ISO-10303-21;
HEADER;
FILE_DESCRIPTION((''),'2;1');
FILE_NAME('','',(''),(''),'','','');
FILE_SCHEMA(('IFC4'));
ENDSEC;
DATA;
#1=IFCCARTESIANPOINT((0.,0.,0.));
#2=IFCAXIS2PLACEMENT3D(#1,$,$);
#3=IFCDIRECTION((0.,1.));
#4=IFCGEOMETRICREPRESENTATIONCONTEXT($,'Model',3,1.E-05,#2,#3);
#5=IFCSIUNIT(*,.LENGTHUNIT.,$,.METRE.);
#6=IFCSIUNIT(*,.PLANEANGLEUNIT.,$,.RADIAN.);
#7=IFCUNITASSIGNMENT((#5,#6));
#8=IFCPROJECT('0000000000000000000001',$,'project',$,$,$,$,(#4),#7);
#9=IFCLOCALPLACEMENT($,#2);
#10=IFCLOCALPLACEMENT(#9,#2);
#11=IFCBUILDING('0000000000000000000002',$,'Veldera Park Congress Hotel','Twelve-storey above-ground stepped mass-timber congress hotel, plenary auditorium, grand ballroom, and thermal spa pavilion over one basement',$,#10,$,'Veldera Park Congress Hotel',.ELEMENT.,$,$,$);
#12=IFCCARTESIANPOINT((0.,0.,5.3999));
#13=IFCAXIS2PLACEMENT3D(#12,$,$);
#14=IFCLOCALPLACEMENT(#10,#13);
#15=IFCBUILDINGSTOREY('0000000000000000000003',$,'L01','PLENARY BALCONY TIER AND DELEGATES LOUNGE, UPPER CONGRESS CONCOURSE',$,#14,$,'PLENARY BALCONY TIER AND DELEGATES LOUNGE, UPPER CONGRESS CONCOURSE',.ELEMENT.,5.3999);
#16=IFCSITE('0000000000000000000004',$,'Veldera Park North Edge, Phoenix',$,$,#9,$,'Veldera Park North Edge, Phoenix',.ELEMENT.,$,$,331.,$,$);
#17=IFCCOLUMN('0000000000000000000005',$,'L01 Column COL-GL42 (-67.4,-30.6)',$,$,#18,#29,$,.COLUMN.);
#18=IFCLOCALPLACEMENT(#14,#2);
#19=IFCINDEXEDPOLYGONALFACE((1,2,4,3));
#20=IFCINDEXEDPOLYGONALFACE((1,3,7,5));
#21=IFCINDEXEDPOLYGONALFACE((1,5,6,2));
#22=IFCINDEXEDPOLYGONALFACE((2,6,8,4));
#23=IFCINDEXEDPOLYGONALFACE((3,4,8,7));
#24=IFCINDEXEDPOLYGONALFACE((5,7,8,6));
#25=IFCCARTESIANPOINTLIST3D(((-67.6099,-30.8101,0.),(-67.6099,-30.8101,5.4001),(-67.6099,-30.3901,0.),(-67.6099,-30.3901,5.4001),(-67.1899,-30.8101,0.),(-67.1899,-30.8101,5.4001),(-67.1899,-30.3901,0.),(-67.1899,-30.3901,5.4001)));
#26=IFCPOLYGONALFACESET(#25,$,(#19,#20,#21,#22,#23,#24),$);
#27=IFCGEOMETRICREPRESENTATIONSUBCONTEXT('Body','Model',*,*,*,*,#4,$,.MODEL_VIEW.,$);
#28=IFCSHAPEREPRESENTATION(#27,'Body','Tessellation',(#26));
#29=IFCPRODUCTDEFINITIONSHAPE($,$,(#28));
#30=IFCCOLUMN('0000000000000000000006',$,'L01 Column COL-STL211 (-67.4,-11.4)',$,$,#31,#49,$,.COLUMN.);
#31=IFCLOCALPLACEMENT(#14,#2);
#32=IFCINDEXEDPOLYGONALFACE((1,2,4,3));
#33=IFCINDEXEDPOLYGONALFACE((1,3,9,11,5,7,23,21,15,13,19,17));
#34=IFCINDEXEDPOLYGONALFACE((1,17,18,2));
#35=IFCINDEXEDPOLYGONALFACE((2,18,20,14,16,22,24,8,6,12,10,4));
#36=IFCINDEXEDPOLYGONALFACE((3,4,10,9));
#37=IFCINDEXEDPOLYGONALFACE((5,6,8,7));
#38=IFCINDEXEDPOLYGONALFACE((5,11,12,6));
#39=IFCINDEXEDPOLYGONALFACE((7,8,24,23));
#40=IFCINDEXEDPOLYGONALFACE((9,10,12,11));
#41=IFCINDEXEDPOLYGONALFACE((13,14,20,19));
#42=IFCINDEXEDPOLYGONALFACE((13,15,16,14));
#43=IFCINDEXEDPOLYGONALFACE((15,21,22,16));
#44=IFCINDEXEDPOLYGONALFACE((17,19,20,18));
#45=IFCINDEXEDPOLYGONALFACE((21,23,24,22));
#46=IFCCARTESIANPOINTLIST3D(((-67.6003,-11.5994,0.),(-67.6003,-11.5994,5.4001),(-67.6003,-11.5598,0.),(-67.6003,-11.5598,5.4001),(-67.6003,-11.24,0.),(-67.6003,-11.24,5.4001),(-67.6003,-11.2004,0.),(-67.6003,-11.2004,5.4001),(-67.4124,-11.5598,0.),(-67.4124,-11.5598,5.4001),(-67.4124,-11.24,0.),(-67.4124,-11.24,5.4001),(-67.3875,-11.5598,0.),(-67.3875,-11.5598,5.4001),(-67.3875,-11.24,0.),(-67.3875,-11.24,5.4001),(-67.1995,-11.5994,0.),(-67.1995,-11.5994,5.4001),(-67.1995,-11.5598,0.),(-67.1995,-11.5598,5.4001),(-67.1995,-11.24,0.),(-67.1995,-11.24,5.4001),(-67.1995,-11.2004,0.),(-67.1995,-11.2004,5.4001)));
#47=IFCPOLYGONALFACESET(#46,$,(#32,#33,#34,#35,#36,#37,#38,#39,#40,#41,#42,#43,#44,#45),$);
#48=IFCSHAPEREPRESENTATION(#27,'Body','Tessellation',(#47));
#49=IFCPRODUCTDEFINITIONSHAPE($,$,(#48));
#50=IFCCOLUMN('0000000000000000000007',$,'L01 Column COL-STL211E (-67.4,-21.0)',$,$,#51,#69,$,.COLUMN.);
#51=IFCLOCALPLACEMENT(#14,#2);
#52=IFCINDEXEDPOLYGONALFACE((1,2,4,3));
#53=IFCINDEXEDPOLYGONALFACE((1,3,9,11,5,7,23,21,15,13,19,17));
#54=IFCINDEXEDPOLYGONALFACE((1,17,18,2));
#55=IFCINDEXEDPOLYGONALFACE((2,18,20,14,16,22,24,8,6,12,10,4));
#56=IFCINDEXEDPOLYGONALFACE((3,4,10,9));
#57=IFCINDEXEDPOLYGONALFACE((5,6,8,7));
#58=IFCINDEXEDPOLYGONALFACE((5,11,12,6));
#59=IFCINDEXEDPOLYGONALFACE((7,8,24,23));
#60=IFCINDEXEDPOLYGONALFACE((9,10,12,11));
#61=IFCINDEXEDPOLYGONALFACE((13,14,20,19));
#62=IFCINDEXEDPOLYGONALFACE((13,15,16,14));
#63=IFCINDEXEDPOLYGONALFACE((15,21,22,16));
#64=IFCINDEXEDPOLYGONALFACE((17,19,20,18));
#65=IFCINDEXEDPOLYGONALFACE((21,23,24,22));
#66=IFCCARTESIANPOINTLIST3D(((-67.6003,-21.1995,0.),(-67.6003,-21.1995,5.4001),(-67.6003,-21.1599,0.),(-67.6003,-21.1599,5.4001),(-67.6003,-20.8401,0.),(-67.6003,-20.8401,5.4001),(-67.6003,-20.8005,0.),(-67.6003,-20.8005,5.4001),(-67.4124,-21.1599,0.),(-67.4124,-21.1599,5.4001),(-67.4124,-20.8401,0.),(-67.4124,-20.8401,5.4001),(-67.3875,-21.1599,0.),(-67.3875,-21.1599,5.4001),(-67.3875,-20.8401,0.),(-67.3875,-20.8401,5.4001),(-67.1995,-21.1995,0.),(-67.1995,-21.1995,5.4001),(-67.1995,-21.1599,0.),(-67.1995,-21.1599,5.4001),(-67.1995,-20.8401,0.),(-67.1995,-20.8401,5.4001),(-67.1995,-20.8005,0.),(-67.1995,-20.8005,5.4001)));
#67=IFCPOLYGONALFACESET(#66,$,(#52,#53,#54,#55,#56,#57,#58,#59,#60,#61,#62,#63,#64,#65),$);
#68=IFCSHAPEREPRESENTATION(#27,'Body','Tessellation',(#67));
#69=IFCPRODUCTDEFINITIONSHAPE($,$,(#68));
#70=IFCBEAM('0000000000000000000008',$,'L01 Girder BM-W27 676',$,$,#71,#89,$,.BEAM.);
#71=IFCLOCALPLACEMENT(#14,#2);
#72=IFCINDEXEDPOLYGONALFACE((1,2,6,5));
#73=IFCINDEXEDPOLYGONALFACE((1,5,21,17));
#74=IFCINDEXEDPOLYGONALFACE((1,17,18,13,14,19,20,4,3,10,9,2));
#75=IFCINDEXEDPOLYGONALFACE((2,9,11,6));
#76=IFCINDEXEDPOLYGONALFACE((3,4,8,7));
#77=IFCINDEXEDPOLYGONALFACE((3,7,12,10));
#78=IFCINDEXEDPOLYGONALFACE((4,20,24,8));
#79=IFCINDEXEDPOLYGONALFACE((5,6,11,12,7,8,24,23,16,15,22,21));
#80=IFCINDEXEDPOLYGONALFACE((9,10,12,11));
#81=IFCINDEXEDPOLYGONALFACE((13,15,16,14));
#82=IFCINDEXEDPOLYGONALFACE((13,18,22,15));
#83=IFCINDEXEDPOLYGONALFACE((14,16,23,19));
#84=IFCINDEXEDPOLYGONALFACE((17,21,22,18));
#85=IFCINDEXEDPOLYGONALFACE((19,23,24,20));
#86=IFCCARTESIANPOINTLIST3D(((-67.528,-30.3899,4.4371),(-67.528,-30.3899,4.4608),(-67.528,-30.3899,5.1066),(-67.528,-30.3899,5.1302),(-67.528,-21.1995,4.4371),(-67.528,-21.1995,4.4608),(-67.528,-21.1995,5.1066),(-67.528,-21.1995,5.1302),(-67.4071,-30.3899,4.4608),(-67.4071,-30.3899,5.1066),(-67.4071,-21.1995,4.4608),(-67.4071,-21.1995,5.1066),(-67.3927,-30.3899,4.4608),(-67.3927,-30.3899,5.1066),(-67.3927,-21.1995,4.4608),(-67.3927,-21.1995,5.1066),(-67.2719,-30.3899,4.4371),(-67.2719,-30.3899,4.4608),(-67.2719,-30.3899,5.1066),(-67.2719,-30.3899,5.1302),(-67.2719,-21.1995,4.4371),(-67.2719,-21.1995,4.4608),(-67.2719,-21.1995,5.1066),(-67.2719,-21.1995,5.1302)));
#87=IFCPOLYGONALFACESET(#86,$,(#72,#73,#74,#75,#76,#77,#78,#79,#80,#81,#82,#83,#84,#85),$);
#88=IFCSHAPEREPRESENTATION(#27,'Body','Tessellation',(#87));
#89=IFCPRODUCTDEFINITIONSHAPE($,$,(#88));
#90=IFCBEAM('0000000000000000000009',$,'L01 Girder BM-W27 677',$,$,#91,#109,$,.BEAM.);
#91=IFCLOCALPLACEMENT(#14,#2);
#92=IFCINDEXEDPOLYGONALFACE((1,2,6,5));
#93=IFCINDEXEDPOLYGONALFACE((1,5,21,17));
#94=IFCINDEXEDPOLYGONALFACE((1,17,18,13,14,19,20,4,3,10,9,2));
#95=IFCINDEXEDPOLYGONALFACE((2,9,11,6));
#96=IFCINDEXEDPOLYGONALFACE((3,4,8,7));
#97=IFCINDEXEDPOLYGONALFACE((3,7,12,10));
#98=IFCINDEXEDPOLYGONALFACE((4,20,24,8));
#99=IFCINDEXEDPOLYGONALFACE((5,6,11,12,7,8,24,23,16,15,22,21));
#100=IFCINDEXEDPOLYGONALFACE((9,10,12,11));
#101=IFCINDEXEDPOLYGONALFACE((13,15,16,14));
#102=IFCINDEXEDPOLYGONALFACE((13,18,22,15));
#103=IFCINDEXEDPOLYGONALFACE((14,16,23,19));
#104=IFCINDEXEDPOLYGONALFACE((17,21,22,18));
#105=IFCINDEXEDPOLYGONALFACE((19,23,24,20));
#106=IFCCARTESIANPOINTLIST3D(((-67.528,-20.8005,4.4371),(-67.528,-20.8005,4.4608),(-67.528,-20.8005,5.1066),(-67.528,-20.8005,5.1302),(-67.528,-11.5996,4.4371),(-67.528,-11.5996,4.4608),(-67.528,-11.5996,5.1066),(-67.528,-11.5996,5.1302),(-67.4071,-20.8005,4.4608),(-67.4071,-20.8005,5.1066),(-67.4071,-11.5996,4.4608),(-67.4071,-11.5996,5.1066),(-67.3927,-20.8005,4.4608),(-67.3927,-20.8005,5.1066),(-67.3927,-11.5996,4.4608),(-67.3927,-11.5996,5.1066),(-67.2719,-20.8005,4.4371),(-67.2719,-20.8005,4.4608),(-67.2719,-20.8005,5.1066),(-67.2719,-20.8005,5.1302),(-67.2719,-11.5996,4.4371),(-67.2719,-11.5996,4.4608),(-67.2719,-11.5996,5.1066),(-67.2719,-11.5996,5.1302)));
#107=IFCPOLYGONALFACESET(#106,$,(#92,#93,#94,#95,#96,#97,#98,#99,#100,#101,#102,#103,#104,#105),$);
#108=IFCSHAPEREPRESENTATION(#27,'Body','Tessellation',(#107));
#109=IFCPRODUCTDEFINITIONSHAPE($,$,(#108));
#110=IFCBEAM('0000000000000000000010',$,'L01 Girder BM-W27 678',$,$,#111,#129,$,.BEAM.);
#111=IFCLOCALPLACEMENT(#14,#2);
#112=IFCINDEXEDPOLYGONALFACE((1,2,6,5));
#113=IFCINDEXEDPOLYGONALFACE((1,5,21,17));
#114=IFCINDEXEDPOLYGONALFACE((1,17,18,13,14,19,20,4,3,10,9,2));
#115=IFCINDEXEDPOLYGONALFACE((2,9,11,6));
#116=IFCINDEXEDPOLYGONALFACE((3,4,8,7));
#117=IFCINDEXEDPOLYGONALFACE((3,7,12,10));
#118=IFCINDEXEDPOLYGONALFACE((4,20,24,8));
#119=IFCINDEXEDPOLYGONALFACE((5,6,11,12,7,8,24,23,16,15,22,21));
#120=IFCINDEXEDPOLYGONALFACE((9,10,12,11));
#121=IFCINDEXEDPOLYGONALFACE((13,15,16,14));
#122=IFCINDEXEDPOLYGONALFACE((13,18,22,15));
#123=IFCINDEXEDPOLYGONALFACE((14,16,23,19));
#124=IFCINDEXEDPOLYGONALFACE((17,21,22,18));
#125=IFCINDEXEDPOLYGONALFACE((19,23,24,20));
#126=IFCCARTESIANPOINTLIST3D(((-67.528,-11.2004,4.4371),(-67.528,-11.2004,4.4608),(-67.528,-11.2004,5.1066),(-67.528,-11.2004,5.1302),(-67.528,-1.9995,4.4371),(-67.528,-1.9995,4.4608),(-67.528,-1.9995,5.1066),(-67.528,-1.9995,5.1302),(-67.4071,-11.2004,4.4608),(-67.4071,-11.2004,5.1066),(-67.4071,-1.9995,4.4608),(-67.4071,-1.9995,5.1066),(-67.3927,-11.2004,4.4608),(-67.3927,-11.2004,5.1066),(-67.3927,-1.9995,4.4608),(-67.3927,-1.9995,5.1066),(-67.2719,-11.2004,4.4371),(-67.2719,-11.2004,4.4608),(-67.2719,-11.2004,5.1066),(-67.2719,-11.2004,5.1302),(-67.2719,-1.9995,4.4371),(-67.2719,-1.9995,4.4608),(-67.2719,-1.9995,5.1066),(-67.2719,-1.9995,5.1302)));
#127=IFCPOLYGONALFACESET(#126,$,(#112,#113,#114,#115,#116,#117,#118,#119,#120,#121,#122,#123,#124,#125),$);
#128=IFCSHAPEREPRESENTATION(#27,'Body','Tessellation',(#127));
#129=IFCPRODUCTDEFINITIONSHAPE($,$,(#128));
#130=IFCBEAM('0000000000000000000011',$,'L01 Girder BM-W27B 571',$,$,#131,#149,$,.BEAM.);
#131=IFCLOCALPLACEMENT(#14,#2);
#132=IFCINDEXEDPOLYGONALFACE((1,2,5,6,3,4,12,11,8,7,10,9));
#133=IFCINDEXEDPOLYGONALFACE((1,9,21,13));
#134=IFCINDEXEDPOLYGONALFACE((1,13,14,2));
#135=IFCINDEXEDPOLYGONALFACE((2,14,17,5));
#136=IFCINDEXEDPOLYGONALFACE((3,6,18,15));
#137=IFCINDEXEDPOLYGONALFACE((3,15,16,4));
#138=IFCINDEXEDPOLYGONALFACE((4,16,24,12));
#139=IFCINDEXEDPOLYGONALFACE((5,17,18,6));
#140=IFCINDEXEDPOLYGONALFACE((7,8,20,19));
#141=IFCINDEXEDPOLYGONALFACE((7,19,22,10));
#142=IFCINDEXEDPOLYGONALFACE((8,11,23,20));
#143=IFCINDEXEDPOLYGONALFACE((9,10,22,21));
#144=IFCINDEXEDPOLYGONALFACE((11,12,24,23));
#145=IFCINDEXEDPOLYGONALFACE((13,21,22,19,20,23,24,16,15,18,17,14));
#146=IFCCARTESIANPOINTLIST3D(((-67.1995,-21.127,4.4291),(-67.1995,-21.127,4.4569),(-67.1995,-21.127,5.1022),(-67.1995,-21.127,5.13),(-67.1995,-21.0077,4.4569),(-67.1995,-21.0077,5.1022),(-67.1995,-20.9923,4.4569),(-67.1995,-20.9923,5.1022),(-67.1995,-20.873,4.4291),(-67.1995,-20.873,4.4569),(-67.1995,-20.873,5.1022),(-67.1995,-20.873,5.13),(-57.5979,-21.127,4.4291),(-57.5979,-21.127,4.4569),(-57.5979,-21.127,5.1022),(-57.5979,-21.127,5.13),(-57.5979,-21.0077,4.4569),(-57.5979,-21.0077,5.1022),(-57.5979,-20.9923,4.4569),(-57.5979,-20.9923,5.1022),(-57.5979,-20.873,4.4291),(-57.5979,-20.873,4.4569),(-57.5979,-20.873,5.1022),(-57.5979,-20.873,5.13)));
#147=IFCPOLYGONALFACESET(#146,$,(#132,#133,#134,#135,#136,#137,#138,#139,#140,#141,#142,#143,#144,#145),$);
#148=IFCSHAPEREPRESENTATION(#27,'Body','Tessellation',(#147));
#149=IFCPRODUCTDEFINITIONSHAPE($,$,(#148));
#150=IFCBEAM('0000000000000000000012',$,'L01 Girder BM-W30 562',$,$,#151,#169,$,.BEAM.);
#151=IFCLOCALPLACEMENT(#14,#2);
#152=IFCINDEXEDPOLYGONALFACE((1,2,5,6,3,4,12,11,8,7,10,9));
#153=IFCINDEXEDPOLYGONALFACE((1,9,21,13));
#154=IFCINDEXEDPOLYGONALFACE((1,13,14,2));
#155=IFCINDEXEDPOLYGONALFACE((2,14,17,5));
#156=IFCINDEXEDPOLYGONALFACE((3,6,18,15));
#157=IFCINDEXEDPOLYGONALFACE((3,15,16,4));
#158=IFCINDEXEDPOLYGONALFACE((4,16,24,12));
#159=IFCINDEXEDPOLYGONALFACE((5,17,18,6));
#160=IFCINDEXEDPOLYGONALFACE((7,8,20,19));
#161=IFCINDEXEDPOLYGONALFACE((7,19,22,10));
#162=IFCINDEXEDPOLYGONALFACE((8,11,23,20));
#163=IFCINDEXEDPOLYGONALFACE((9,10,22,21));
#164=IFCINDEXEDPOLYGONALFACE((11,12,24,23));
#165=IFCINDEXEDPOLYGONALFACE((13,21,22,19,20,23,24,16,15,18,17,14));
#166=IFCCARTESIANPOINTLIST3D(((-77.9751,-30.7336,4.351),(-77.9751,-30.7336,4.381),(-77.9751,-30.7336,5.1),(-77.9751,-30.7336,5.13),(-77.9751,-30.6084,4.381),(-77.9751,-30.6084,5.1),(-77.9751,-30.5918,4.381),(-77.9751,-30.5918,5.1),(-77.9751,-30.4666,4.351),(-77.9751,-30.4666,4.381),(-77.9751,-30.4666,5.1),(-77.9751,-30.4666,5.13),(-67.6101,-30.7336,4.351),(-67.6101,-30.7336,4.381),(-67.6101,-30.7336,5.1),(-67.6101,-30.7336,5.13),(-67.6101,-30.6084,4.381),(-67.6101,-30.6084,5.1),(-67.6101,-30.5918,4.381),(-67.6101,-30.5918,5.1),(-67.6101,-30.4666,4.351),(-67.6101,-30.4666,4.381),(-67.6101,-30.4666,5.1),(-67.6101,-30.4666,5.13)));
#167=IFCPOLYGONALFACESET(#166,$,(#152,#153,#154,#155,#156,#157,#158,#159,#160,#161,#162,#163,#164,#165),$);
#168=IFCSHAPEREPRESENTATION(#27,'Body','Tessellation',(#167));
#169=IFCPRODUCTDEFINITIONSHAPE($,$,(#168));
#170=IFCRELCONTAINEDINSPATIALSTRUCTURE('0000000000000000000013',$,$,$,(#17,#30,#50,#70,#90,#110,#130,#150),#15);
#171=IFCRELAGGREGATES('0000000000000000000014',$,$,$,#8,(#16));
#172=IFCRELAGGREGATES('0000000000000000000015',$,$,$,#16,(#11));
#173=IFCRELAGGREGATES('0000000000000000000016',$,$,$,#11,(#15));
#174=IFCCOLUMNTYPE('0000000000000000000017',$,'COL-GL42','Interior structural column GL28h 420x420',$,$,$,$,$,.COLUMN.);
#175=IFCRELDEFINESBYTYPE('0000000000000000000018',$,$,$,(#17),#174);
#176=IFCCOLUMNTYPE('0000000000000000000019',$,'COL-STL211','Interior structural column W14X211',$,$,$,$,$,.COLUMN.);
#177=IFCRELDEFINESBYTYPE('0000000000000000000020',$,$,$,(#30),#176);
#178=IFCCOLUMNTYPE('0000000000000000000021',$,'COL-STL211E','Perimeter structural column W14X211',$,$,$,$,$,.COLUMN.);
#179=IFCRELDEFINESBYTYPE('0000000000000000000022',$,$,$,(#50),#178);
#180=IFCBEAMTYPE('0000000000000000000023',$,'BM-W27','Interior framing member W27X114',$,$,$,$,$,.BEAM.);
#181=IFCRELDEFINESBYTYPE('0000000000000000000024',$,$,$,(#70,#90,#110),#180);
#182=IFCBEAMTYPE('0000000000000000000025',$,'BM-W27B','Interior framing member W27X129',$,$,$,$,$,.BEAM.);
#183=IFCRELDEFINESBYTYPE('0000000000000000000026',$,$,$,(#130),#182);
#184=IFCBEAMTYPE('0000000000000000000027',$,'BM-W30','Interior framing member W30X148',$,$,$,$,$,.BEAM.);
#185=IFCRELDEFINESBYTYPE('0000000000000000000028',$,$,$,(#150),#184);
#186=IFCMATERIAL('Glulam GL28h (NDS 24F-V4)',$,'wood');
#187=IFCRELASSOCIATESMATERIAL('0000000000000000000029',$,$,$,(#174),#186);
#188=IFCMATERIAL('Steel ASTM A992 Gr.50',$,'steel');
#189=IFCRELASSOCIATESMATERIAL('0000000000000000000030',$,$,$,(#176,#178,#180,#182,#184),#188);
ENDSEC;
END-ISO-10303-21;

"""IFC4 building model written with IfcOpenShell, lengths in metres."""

from ifc_helpers import new_model, si_unit, direction, frame, origin, origin_2d, place, context, subcontext, project, spatial, rectangle, i_section, extrude, material, material_profile, profile_set, type_object, element, save


model = new_model("IFC4")

# Units and contexts
model_context = context("Model", 3, precision=1e-05, world=origin(), true_north=direction((0.0, 1.0)))
body_context = subcontext(model_context, "Body", "Model", "MODEL_VIEW")
ifc_project = project(units=[si_unit("LENGTHUNIT", "METRE"), si_unit("PLANEANGLEUNIT", "RADIAN")], contexts=[model_context])

# Site, building, storey
site_placement = place(None, origin())
site = spatial("IfcSite", under=ifc_project, at=site_placement, Name="Veldera Park North Edge, Phoenix", LongName="Veldera Park North Edge, Phoenix", CompositionType="ELEMENT", RefElevation=331.0)
building_placement = place(site_placement, origin())
building = spatial("IfcBuilding", under=site, at=building_placement, Name="Veldera Park Congress Hotel", Description="Twelve-storey above-ground stepped mass-timber congress hotel, plenary auditorium, grand ballroom, and thermal spa pavilion over one basement", LongName="Veldera Park Congress Hotel", CompositionType="ELEMENT")
storey_placement = place(building_placement, frame((0.0, 0.0, 5.3999)))
storey = spatial("IfcBuildingStorey", under=building, at=storey_placement, Name="L01", Description="PLENARY BALCONY TIER AND DELEGATES LOUNGE, UPPER CONGRESS CONCOURSE", LongName="PLENARY BALCONY TIER AND DELEGATES LOUNGE, UPPER CONGRESS CONCOURSE", CompositionType="ELEMENT", Elevation=5.3999)

# Columns
ifc_material_1 = material(Name="Glulam GL28h (NDS 24F-V4)", Category="wood")
ifc_material_profile_1 = material_profile(ifc_material_1, rectangle(XDim=0.4199, YDim=0.4199, at=origin_2d()), Name="GL28h 420x420")
ifc_profile_set_1 = profile_set([ifc_material_profile_1], Name="Glulam GL28h (NDS 24F-V4)")
column_type_1 = type_object("IfcColumnType", Name="COL-GL42", Description="Interior structural column GL28h 420x420", PredefinedType="COLUMN", material=ifc_profile_set_1)
column_1_placement = place(storey_placement, frame((-67.3999, -30.6001, 0.0), z_axis=(0.0, 0.0, 1.0), x_axis=(1.0, 0.0, 0.0)))
element("IfcColumn", 1, at=column_1_placement, inside=storey, type_object=column_type_1, Name="L01 Column COL-GL42 (-67.4,-30.6)", PredefinedType="COLUMN", context=body_context, shape_type="SweptSolid", body=[
    extrude(rectangle(XDim=0.4199, YDim=0.4199, at=origin_2d()), origin(), (0.0, 0.0, 1.0), 5.4001),
])
ifc_material_2 = material(Name="Steel ASTM A992 Gr.50", Category="steel")
ifc_material_profile_2 = material_profile(ifc_material_2, i_section(OverallWidth=0.4009, OverallDepth=0.3989, WebThickness=0.0249, FlangeThickness=0.0396, at=origin_2d()), Name="W14X211")
ifc_profile_set_2 = profile_set([ifc_material_profile_2], Name="Steel ASTM A992 Gr.50")
column_type_2 = type_object("IfcColumnType", Name="COL-STL211", Description="Interior structural column W14X211", PredefinedType="COLUMN", material=ifc_profile_set_2)
column_2_placement = place(storey_placement, frame((-67.3999, -11.3999, 0.0), z_axis=(0.0, 0.0, 1.0), x_axis=(1.0, 0.0, 0.0)))
element("IfcColumn", 2, at=column_2_placement, inside=storey, type_object=column_type_2, Name="L01 Column COL-STL211 (-67.4,-11.4)", PredefinedType="COLUMN", context=body_context, shape_type="SweptSolid", body=[
    extrude(i_section(OverallWidth=0.4009, OverallDepth=0.3989, WebThickness=0.0249, FlangeThickness=0.0396, at=origin_2d()), origin(), (0.0, 0.0, 1.0), 5.4001),
])
ifc_material_profile_3 = material_profile(ifc_material_2, i_section(OverallWidth=0.4009, OverallDepth=0.3989, WebThickness=0.0249, FlangeThickness=0.0396, at=origin_2d()), Name="W14X211")
ifc_profile_set_3 = profile_set([ifc_material_profile_3], Name="Steel ASTM A992 Gr.50")
column_type_3 = type_object("IfcColumnType", Name="COL-STL211E", Description="Perimeter structural column W14X211", PredefinedType="COLUMN", material=ifc_profile_set_3)
column_3_placement = place(storey_placement, frame((-67.3999, -21.0, 0.0), z_axis=(0.0, 0.0, 1.0), x_axis=(1.0, 0.0, 0.0)))
element("IfcColumn", 3, at=column_3_placement, inside=storey, type_object=column_type_3, Name="L01 Column COL-STL211E (-67.4,-21.0)", PredefinedType="COLUMN", context=body_context, shape_type="SweptSolid", body=[
    extrude(i_section(OverallWidth=0.4009, OverallDepth=0.3989, WebThickness=0.0249, FlangeThickness=0.0396, at=origin_2d()), origin(), (0.0, 0.0, 1.0), 5.4001),
])

# Beams
ifc_material_profile_4 = material_profile(ifc_material_2, i_section(OverallWidth=0.2561, OverallDepth=0.6931, WebThickness=0.0144, FlangeThickness=0.0237, at=origin_2d()), Name="W27X114")
ifc_profile_set_4 = profile_set([ifc_material_profile_4], Name="Steel ASTM A992 Gr.50")
beam_type_1 = type_object("IfcBeamType", Name="BM-W27", Description="Interior framing member W27X114", PredefinedType="BEAM", material=ifc_profile_set_4)
beam_1_placement = place(storey_placement, frame((-67.3999, -30.3899, 4.7837), z_axis=(0.0, 1.0, 0.0), x_axis=(-1.0, 0.0, 0.0)))
element("IfcBeam", 4, at=beam_1_placement, inside=storey, type_object=beam_type_1, Name="L01 Girder BM-W27 676", PredefinedType="BEAM", context=body_context, shape_type="SweptSolid", body=[
    extrude(i_section(OverallWidth=0.2561, OverallDepth=0.6931, WebThickness=0.0144, FlangeThickness=0.0237, at=origin_2d()), origin(), (0.0, 0.0, 1.0), 9.1904),
])
for number, where, z_axis, x_axis, name in (
    (5, (-67.3999, -20.8005, 4.7837), (0.0, 1.0, 0.0), (-1.0, 0.0, 0.0), "L01 Girder BM-W27 677"),
    (6, (-67.3999, -11.2004, 4.7837), (0.0, 1.0, 0.0), (-1.0, 0.0, 0.0), "L01 Girder BM-W27 678"),
):
    element("IfcBeam", number, at=place(storey_placement, frame(where, z_axis=z_axis, x_axis=x_axis)), inside=storey, type_object=beam_type_1, Name=name, PredefinedType="BEAM", context=body_context, shape_type="SweptSolid", body=[
        extrude(i_section(OverallWidth=0.2561, OverallDepth=0.6931, WebThickness=0.0144, FlangeThickness=0.0237, at=origin_2d()), origin(), (0.0, 0.0, 1.0), 9.2009),
    ])
ifc_material_profile_5 = material_profile(ifc_material_2, i_section(OverallWidth=0.2539, OverallDepth=0.7009, WebThickness=0.0154, FlangeThickness=0.0278, at=origin_2d()), Name="W27X129")
ifc_profile_set_5 = profile_set([ifc_material_profile_5], Name="Steel ASTM A992 Gr.50")
beam_type_2 = type_object("IfcBeamType", Name="BM-W27B", Description="Interior framing member W27X129", PredefinedType="BEAM", material=ifc_profile_set_5)
beam_2_placement = place(storey_placement, frame((-67.1995, -21.0, 4.7795), z_axis=(1.0, 0.0, 0.0), x_axis=(0.0, 1.0, 0.0)))
element("IfcBeam", 7, at=beam_2_placement, inside=storey, type_object=beam_type_2, Name="L01 Girder BM-W27B 571", PredefinedType="BEAM", context=body_context, shape_type="SweptSolid", body=[
    extrude(i_section(OverallWidth=0.2539, OverallDepth=0.7009, WebThickness=0.0154, FlangeThickness=0.0278, at=origin_2d()), origin(), (0.0, 0.0, 1.0), 9.6016),
])
ifc_material_profile_6 = material_profile(ifc_material_2, i_section(OverallWidth=0.2671, OverallDepth=0.7791, WebThickness=0.0166, FlangeThickness=0.03, at=origin_2d()), Name="W30X148")
ifc_profile_set_6 = profile_set([ifc_material_profile_6], Name="Steel ASTM A992 Gr.50")
beam_type_3 = type_object("IfcBeamType", Name="BM-W30", Description="Interior framing member W30X148", PredefinedType="BEAM", material=ifc_profile_set_6)
beam_3_placement = place(storey_placement, frame((-77.9751, -30.6001, 4.7405), z_axis=(1.0, 0.0, 0.0), x_axis=(0.0, 1.0, 0.0)))
element("IfcBeam", 8, at=beam_3_placement, inside=storey, type_object=beam_type_3, Name="L01 Girder BM-W30 562", PredefinedType="BEAM", context=body_context, shape_type="SweptSolid", body=[
    extrude(i_section(OverallWidth=0.2671, OverallDepth=0.7791, WebThickness=0.0166, FlangeThickness=0.03, at=origin_2d()), origin(), (0.0, 0.0, 1.0), 10.365),
])

save(model, "model.ifc")
